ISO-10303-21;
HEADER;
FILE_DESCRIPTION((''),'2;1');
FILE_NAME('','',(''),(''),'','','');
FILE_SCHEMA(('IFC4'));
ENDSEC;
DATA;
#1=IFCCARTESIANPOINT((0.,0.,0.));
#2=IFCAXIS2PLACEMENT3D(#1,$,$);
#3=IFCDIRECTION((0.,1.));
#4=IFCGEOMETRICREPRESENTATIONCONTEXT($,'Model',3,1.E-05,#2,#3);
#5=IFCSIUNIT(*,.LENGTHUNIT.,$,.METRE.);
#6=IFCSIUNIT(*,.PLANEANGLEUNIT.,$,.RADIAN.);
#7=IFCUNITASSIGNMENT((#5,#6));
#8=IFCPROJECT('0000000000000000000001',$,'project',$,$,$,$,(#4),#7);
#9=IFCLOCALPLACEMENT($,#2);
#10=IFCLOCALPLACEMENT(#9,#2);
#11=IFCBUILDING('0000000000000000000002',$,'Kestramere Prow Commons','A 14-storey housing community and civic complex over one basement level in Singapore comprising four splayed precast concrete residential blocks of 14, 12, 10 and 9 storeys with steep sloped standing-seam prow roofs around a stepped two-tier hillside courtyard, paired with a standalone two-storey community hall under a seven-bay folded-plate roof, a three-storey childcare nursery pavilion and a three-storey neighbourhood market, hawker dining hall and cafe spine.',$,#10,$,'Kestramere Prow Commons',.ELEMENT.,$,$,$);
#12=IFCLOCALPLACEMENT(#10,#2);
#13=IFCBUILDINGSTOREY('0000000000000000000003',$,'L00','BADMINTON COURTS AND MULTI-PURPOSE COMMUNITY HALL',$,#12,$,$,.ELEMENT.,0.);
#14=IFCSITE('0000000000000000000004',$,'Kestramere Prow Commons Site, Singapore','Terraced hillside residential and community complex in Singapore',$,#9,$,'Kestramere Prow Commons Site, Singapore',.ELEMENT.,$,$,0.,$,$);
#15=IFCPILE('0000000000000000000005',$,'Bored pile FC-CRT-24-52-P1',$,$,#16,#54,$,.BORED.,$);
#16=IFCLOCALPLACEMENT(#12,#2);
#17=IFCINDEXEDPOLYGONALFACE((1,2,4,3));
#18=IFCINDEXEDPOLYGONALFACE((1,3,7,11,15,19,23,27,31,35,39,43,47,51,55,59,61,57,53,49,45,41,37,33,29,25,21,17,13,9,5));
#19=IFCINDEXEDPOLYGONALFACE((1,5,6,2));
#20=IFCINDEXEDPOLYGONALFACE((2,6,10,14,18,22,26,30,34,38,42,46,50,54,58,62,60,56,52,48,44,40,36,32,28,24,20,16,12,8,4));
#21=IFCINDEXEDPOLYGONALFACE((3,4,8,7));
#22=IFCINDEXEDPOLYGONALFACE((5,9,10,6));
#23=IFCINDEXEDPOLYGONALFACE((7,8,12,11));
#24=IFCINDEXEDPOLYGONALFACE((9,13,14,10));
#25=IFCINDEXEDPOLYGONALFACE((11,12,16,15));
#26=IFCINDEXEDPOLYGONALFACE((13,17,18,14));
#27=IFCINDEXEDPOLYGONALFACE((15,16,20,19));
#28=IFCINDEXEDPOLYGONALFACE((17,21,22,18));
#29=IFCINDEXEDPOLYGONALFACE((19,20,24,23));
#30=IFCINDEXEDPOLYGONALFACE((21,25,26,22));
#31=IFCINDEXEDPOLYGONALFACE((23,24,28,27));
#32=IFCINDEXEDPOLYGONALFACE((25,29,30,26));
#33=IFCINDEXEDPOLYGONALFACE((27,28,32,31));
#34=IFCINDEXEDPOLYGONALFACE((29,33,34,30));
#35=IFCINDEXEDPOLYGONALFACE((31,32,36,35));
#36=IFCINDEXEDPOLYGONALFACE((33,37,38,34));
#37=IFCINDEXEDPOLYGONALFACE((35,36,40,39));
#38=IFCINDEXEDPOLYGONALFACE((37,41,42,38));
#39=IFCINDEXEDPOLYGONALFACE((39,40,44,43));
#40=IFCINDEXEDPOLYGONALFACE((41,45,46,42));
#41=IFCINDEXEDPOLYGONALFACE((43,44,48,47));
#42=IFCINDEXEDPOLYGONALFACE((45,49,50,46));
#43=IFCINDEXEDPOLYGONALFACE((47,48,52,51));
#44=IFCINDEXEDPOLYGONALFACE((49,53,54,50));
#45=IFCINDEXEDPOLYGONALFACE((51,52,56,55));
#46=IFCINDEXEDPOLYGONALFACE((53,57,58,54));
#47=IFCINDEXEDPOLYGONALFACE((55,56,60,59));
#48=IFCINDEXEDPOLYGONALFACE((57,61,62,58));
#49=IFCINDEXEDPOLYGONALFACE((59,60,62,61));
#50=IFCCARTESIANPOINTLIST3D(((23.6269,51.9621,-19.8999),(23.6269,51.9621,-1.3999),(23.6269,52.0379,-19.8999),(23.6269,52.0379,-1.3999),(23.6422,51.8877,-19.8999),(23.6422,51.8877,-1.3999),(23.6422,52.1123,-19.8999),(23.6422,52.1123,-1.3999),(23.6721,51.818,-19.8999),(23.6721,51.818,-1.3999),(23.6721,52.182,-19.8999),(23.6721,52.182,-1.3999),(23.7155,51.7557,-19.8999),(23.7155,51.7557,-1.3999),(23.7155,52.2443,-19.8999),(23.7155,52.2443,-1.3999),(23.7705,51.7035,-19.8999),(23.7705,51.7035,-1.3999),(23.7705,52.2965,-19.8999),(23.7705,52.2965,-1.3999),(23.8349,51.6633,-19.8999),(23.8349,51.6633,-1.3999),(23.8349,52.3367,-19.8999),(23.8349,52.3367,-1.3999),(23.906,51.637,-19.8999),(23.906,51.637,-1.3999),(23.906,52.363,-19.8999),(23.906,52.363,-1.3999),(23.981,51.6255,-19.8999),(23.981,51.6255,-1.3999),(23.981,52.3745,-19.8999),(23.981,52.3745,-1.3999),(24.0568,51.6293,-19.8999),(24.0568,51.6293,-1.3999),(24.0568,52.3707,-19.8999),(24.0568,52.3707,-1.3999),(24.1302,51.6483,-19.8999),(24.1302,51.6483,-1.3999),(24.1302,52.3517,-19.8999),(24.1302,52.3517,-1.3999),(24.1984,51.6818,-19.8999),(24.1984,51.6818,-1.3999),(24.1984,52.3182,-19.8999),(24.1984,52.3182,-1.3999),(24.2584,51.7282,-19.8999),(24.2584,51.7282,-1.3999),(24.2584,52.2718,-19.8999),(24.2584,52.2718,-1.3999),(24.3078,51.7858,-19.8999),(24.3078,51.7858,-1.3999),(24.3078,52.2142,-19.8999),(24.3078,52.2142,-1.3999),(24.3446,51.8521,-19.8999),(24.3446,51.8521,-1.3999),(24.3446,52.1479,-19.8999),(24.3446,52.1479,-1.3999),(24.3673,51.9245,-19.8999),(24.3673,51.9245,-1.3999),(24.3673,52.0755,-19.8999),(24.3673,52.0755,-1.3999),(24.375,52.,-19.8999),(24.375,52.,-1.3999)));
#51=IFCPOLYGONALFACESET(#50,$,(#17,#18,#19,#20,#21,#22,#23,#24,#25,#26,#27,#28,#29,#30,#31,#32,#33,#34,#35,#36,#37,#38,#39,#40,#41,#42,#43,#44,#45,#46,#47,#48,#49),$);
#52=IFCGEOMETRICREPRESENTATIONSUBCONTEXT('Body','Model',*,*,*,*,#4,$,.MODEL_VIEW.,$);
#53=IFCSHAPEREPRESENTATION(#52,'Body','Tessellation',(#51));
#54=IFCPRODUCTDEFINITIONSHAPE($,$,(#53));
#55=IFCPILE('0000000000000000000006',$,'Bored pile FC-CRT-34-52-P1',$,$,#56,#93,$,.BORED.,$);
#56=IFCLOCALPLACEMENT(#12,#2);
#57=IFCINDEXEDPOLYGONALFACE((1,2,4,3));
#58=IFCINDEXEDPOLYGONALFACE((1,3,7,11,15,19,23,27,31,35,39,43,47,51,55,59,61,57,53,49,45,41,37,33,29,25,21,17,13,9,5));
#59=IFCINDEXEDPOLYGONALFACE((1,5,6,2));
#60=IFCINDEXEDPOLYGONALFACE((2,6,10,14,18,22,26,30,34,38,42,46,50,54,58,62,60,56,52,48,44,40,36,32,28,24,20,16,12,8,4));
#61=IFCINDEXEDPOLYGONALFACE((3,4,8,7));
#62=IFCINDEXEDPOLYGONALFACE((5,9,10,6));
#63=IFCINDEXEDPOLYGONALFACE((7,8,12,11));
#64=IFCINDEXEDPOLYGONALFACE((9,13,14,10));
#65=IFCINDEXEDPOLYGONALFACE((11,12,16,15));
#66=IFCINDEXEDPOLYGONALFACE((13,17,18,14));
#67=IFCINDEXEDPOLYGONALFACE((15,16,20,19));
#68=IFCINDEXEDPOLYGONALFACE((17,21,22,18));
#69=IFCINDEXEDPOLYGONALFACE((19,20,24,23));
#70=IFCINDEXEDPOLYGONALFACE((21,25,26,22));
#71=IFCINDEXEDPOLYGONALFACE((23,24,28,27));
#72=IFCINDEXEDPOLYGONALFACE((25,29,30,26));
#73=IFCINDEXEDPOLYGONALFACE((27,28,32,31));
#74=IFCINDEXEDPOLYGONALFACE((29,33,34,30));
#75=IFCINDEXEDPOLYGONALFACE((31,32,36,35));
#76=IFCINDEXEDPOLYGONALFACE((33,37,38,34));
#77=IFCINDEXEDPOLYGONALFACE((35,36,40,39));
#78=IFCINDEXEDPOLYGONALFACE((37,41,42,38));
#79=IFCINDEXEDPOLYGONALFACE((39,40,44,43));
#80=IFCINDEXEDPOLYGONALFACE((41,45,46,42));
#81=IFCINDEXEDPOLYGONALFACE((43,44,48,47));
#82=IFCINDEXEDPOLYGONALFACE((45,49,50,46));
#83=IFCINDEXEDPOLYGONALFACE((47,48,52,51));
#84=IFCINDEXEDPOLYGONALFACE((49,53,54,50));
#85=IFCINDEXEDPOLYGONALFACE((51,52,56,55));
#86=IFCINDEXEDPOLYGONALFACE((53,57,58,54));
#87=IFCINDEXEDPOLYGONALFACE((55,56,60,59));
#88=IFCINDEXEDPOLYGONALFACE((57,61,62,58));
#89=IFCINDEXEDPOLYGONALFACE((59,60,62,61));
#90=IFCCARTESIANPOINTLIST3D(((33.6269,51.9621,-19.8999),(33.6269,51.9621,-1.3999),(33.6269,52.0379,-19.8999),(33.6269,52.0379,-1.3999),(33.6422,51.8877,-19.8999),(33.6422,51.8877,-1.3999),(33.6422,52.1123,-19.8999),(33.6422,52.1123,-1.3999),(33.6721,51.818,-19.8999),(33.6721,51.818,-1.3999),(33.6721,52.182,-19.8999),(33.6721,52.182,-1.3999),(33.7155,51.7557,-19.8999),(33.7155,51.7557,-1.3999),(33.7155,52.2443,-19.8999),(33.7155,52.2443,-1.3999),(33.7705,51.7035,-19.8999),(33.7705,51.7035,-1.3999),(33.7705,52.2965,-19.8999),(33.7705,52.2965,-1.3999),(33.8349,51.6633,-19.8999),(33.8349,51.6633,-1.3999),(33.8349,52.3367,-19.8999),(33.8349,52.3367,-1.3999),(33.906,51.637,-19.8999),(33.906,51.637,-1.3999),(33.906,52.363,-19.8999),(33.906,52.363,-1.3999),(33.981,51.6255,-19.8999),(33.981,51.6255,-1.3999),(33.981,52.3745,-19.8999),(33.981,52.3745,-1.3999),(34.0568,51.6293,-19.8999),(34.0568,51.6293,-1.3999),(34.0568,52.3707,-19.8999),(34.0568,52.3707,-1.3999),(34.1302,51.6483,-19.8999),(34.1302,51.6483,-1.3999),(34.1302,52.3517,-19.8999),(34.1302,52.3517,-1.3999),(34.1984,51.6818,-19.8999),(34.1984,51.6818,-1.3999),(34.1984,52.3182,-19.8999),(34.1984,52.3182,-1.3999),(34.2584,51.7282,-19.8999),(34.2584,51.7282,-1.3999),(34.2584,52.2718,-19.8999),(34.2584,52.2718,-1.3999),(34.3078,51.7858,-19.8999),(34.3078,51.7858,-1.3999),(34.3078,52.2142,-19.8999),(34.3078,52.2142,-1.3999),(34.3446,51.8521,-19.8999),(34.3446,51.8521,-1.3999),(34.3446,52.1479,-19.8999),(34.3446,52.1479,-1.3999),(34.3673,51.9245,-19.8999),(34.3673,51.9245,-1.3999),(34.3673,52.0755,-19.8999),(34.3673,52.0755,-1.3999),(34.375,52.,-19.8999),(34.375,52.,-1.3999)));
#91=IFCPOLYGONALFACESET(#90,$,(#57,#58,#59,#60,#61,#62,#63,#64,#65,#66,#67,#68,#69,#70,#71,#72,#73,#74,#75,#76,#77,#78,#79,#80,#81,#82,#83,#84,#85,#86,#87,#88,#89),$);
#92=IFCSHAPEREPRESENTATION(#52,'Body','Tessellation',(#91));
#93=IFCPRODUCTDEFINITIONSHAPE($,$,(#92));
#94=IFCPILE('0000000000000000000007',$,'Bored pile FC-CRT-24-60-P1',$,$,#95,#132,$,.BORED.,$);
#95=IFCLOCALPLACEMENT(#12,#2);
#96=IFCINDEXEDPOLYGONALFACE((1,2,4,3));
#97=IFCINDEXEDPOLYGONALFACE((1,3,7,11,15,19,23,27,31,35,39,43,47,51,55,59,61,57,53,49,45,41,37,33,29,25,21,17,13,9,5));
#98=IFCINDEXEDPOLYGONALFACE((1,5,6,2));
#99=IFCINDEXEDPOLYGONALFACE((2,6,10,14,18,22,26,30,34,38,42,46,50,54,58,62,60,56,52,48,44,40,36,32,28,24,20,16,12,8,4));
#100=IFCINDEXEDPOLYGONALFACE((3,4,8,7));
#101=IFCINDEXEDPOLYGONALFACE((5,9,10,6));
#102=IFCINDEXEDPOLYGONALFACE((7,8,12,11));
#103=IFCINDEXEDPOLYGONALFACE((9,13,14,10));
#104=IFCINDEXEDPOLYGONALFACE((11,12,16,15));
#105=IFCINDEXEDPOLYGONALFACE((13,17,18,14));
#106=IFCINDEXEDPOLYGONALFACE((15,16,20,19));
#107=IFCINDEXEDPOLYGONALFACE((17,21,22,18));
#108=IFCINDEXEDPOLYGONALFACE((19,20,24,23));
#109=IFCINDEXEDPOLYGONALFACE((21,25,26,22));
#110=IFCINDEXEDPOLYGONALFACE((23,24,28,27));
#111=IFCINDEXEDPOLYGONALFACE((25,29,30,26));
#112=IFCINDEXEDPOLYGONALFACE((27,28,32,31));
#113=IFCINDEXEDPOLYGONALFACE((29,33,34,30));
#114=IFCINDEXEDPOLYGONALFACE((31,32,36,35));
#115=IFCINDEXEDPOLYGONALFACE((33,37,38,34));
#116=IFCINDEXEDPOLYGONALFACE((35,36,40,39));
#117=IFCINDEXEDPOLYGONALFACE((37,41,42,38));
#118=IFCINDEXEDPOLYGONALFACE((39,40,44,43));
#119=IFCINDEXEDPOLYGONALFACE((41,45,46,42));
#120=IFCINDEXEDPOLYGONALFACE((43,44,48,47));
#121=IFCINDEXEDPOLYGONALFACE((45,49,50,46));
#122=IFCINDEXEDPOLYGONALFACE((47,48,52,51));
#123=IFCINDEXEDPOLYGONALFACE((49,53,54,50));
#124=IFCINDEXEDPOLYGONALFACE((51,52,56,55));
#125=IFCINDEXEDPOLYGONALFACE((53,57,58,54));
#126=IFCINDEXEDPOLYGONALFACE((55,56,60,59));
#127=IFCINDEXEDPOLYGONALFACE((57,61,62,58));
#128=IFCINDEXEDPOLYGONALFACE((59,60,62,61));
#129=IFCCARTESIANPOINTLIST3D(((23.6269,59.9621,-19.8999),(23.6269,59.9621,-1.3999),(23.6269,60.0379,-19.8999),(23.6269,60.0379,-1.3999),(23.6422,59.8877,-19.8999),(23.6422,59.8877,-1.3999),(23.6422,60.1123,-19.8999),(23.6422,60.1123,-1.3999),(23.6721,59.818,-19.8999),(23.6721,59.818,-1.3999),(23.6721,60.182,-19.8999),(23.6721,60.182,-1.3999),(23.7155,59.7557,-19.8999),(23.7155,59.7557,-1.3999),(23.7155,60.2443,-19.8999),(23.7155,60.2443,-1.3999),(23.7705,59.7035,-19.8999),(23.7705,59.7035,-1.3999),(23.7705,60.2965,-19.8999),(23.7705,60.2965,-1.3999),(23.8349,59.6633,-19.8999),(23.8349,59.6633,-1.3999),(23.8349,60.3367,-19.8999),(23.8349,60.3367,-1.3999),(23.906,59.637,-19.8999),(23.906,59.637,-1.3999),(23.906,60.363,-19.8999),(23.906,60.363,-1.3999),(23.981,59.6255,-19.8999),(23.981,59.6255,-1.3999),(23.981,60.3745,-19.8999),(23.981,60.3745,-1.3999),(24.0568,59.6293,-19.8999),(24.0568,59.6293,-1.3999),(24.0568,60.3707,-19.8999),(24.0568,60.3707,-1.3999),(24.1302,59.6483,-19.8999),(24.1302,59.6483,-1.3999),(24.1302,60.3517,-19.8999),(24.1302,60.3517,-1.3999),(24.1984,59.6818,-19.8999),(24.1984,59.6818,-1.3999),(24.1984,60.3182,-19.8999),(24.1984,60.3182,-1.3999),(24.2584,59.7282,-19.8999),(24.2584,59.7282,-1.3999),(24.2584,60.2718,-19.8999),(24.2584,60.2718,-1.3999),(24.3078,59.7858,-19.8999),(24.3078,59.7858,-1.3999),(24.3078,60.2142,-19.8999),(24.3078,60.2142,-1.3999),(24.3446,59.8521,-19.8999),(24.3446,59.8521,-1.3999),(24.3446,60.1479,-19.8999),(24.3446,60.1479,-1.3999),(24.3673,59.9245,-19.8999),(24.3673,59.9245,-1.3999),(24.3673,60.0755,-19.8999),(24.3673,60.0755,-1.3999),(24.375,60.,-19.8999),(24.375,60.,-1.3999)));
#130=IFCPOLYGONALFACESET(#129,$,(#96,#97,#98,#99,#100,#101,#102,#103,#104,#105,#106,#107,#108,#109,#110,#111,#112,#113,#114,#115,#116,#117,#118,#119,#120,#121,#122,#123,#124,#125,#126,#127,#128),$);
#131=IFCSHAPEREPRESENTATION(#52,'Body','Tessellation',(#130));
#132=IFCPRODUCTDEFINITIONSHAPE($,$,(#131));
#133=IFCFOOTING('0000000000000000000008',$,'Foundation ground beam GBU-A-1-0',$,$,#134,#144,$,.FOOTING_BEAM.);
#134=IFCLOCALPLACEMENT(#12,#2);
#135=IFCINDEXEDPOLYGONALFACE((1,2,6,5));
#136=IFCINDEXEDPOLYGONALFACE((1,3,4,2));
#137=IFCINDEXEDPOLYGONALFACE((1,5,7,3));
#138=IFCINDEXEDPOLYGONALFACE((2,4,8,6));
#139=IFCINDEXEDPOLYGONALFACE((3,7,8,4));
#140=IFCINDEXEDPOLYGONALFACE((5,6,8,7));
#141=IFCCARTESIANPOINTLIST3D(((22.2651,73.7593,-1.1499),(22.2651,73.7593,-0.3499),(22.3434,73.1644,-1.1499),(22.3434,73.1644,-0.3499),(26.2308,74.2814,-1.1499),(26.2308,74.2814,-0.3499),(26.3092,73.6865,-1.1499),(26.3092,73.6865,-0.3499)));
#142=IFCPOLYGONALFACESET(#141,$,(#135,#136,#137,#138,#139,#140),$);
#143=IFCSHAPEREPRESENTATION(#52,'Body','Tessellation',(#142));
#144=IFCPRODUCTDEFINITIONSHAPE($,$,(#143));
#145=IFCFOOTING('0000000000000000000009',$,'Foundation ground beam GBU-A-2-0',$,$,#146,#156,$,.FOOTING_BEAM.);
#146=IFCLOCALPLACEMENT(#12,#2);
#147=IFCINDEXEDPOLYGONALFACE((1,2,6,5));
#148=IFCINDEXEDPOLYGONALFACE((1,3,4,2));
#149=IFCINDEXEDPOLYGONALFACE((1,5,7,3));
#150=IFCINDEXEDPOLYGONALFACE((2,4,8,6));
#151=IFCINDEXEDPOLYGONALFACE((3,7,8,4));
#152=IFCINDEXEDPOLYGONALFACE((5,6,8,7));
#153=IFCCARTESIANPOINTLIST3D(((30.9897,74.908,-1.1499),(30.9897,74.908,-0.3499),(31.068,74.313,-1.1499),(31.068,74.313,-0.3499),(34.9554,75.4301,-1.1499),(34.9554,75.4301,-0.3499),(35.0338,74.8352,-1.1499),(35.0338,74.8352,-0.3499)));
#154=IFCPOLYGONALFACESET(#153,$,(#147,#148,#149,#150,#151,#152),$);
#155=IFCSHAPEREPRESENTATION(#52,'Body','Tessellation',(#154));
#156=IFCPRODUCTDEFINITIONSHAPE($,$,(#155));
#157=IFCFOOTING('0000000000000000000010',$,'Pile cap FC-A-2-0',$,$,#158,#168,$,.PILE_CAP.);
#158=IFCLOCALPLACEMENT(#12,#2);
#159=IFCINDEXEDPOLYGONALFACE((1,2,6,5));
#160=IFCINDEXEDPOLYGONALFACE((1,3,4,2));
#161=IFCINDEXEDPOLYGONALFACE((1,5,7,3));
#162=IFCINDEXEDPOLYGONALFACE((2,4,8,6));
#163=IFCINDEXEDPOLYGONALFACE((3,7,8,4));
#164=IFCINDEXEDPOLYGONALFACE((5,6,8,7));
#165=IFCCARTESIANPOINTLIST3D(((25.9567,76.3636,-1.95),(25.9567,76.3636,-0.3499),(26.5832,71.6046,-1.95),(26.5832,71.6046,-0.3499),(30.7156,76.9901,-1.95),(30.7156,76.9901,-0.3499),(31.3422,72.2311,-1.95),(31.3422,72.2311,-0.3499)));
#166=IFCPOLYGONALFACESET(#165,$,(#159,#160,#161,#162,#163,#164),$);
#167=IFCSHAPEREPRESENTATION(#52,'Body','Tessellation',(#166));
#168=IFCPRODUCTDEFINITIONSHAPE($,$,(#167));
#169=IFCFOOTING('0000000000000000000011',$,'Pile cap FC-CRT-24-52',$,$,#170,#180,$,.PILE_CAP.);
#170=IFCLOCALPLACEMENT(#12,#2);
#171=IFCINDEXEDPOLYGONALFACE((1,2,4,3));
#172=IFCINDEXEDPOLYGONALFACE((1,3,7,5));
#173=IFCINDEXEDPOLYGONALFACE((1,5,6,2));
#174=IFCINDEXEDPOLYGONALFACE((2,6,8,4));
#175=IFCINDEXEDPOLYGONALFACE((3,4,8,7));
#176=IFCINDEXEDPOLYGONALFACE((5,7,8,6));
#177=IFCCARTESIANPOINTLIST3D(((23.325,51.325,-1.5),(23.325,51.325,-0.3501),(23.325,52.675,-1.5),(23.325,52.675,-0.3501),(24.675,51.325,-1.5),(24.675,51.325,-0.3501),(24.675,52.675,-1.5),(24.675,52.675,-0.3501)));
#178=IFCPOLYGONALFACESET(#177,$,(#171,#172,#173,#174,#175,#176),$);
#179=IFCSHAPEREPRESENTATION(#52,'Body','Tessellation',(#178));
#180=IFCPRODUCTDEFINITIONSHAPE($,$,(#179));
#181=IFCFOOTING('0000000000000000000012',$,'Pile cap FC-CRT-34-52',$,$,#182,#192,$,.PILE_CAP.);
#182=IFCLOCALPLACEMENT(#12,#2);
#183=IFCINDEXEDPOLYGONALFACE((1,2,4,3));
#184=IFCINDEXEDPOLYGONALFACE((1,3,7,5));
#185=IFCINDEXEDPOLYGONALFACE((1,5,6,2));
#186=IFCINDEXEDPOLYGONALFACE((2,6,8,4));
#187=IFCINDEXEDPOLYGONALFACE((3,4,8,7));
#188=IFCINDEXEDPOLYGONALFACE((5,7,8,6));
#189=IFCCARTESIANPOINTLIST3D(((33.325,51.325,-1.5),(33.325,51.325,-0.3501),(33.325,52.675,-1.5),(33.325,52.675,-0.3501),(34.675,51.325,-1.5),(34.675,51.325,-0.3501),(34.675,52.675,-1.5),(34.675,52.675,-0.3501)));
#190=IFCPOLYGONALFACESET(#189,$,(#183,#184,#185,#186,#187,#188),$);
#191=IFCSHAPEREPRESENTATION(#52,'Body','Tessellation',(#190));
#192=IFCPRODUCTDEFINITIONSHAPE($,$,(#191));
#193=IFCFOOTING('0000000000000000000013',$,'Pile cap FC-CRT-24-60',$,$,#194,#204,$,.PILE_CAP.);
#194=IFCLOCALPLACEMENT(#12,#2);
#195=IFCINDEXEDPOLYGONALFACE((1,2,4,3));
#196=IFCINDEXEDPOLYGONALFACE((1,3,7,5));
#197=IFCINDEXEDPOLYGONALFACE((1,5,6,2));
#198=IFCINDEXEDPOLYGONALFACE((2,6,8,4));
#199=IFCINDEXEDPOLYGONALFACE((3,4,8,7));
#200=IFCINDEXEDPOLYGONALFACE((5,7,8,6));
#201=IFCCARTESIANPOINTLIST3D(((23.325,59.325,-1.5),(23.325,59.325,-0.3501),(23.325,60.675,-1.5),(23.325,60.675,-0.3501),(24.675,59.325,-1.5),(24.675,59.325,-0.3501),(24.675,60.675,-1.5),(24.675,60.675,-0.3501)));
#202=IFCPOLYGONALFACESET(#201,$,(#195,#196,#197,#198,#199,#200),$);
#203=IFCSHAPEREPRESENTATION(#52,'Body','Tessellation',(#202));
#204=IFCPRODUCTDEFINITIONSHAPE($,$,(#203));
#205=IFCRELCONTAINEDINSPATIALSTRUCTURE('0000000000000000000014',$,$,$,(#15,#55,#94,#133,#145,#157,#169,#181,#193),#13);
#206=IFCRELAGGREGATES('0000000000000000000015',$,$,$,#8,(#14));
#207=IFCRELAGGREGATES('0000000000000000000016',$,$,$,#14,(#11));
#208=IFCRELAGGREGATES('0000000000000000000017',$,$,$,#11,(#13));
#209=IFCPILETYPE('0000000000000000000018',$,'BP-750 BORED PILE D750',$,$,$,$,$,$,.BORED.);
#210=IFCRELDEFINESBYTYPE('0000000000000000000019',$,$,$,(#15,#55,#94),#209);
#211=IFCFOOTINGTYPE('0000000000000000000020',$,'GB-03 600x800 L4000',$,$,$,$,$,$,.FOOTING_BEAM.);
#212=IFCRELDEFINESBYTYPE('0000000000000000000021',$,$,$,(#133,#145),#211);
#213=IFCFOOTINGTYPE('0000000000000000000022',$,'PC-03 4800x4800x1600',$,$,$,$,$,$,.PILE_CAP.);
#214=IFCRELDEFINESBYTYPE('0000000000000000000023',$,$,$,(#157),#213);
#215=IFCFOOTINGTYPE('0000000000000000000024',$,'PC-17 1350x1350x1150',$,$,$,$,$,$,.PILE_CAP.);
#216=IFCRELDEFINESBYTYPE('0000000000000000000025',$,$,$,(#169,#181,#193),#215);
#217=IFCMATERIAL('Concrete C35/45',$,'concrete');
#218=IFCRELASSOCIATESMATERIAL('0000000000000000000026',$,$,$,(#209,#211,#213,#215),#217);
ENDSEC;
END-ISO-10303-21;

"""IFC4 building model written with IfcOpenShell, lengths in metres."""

from ifc_helpers import new_model, si_unit, direction, frame, origin, origin_2d, place, context, subcontext, project, spatial, rectangle, circle, extrude, material, material_profile, profile_set, type_object, element, save


model = new_model("IFC4")

# Units and contexts
model_context = context("Model", 3, precision=1e-05, world=origin(), true_north=direction((0.0, 1.0)))
body_context = subcontext(model_context, "Body", "Model", "MODEL_VIEW")
ifc_project = project(units=[si_unit("LENGTHUNIT", "METRE"), si_unit("PLANEANGLEUNIT", "RADIAN")], contexts=[model_context])

# Site, building, storey
site_placement = place(None, origin())
site = spatial("IfcSite", under=ifc_project, at=site_placement, Name="Kestramere Prow Commons Site, Singapore", Description="Terraced hillside residential and community complex in Singapore", LongName="Kestramere Prow Commons Site, Singapore", CompositionType="ELEMENT", RefElevation=0.0)
building_placement = place(site_placement, origin())
building = spatial("IfcBuilding", under=site, at=building_placement, Name="Kestramere Prow Commons", Description="A 14-storey housing community and civic complex over one basement level in Singapore comprising four splayed precast concrete residential blocks of 14, 12, 10 and 9 storeys with steep sloped standing-seam prow roofs around a stepped two-tier hillside courtyard, paired with a standalone two-storey community hall under a seven-bay folded-plate roof, a three-storey childcare nursery pavilion and a three-storey neighbourhood market, hawker dining hall and cafe spine.", LongName="Kestramere Prow Commons", CompositionType="ELEMENT")
storey_placement = place(building_placement, origin())
storey = spatial("IfcBuildingStorey", under=building, at=storey_placement, Name="L00", Description="BADMINTON COURTS AND MULTI-PURPOSE COMMUNITY HALL", CompositionType="ELEMENT", Elevation=0.0)

# Piles
ifc_material_1 = material(Name="Concrete C35/45", Category="concrete")
ifc_material_profile_1 = material_profile(ifc_material_1, circle(Radius=0.375, at=origin_2d()), Name="BORED PILE D750")
ifc_profile_set_1 = profile_set([ifc_material_profile_1], Name="Concrete C35/45")
pile_type_1 = type_object("IfcPileType", Name="BP-750 BORED PILE D750", PredefinedType="BORED", material=ifc_profile_set_1)
for number, where, z_axis, x_axis, name in (
    (1, (24.0, 52.0, -1.3999), (0.0, 0.0, -1.0), (1.0, 0.0, 0.0), "Bored pile FC-CRT-24-52-P1"),
    (2, (34.0, 52.0, -1.3999), (0.0, 0.0, -1.0), (1.0, 0.0, 0.0), "Bored pile FC-CRT-34-52-P1"),
    (3, (24.0, 60.0, -1.3999), (0.0, 0.0, -1.0), (1.0, 0.0, 0.0), "Bored pile FC-CRT-24-60-P1"),
):
    element("IfcPile", number, at=place(storey_placement, frame(where, z_axis=z_axis, x_axis=x_axis)), inside=storey, type_object=pile_type_1, Name=name, PredefinedType="BORED", context=body_context, shape_type="SweptSolid", body=[
        extrude(circle(Radius=0.375, at=origin_2d()), origin(), (0.0, 0.0, 1.0), 18.5),
    ])

# Footings
footing_type_1 = type_object("IfcFootingType", Name="GB-03 600x800 L4000", PredefinedType="FOOTING_BEAM", material=ifc_material_1)
for number, where, z_axis, x_axis, name in (
    (4, (24.2871, 73.7229, -1.1499), (0.0, 0.0, 1.0), (0.991445, 0.130526, 0.0), "Foundation ground beam GBU-A-1-0"),
    (5, (33.0117, 74.8716, -1.1499), (0.0, 0.0, 1.0), (0.991445, 0.130526, 0.0), "Foundation ground beam GBU-A-2-0"),
):
    element("IfcFooting", number, at=place(storey_placement, frame(where, z_axis=z_axis, x_axis=x_axis)), inside=storey, type_object=footing_type_1, Name=name, PredefinedType="FOOTING_BEAM", context=body_context, shape_type="SweptSolid", body=[
        extrude(rectangle(XDim=4.0, YDim=0.6001, at=origin_2d()), origin(), (0.0, 0.0, 1.0), 0.8),
    ])
footing_type_2 = type_object("IfcFootingType", Name="PC-03 4800x4800x1600", PredefinedType="PILE_CAP", material=ifc_material_1)
footing_placement = place(storey_placement, frame((28.6494, 74.2974, -1.95), z_axis=(0.0, 0.0, 1.0), x_axis=(0.991445, 0.130526, 0.0)))
element("IfcFooting", 6, at=footing_placement, inside=storey, type_object=footing_type_2, Name="Pile cap FC-A-2-0", PredefinedType="PILE_CAP", context=body_context, shape_type="SweptSolid", body=[
    extrude(rectangle(XDim=4.8, YDim=4.8, at=origin_2d()), origin(), (0.0, 0.0, 1.0), 1.6001),
])
footing_type_3 = type_object("IfcFootingType", Name="PC-17 1350x1350x1150", PredefinedType="PILE_CAP", material=ifc_material_1)
for number, where, z_axis, x_axis, name in (
    (7, (24.0, 52.0, -1.5), (0.0, 0.0, 1.0), (1.0, 0.0, 0.0), "Pile cap FC-CRT-24-52"),
    (8, (34.0, 52.0, -1.5), (0.0, 0.0, 1.0), (1.0, 0.0, 0.0), "Pile cap FC-CRT-34-52"),
    (9, (24.0, 60.0, -1.5), (0.0, 0.0, 1.0), (1.0, 0.0, 0.0), "Pile cap FC-CRT-24-60"),
):
    element("IfcFooting", number, at=place(storey_placement, frame(where, z_axis=z_axis, x_axis=x_axis)), inside=storey, type_object=footing_type_3, Name=name, PredefinedType="PILE_CAP", context=body_context, shape_type="SweptSolid", body=[
        extrude(rectangle(XDim=1.3501, YDim=1.3501, at=origin_2d()), origin(), (0.0, 0.0, 1.0), 1.1499),
    ])

save(model, "model.ifc")
